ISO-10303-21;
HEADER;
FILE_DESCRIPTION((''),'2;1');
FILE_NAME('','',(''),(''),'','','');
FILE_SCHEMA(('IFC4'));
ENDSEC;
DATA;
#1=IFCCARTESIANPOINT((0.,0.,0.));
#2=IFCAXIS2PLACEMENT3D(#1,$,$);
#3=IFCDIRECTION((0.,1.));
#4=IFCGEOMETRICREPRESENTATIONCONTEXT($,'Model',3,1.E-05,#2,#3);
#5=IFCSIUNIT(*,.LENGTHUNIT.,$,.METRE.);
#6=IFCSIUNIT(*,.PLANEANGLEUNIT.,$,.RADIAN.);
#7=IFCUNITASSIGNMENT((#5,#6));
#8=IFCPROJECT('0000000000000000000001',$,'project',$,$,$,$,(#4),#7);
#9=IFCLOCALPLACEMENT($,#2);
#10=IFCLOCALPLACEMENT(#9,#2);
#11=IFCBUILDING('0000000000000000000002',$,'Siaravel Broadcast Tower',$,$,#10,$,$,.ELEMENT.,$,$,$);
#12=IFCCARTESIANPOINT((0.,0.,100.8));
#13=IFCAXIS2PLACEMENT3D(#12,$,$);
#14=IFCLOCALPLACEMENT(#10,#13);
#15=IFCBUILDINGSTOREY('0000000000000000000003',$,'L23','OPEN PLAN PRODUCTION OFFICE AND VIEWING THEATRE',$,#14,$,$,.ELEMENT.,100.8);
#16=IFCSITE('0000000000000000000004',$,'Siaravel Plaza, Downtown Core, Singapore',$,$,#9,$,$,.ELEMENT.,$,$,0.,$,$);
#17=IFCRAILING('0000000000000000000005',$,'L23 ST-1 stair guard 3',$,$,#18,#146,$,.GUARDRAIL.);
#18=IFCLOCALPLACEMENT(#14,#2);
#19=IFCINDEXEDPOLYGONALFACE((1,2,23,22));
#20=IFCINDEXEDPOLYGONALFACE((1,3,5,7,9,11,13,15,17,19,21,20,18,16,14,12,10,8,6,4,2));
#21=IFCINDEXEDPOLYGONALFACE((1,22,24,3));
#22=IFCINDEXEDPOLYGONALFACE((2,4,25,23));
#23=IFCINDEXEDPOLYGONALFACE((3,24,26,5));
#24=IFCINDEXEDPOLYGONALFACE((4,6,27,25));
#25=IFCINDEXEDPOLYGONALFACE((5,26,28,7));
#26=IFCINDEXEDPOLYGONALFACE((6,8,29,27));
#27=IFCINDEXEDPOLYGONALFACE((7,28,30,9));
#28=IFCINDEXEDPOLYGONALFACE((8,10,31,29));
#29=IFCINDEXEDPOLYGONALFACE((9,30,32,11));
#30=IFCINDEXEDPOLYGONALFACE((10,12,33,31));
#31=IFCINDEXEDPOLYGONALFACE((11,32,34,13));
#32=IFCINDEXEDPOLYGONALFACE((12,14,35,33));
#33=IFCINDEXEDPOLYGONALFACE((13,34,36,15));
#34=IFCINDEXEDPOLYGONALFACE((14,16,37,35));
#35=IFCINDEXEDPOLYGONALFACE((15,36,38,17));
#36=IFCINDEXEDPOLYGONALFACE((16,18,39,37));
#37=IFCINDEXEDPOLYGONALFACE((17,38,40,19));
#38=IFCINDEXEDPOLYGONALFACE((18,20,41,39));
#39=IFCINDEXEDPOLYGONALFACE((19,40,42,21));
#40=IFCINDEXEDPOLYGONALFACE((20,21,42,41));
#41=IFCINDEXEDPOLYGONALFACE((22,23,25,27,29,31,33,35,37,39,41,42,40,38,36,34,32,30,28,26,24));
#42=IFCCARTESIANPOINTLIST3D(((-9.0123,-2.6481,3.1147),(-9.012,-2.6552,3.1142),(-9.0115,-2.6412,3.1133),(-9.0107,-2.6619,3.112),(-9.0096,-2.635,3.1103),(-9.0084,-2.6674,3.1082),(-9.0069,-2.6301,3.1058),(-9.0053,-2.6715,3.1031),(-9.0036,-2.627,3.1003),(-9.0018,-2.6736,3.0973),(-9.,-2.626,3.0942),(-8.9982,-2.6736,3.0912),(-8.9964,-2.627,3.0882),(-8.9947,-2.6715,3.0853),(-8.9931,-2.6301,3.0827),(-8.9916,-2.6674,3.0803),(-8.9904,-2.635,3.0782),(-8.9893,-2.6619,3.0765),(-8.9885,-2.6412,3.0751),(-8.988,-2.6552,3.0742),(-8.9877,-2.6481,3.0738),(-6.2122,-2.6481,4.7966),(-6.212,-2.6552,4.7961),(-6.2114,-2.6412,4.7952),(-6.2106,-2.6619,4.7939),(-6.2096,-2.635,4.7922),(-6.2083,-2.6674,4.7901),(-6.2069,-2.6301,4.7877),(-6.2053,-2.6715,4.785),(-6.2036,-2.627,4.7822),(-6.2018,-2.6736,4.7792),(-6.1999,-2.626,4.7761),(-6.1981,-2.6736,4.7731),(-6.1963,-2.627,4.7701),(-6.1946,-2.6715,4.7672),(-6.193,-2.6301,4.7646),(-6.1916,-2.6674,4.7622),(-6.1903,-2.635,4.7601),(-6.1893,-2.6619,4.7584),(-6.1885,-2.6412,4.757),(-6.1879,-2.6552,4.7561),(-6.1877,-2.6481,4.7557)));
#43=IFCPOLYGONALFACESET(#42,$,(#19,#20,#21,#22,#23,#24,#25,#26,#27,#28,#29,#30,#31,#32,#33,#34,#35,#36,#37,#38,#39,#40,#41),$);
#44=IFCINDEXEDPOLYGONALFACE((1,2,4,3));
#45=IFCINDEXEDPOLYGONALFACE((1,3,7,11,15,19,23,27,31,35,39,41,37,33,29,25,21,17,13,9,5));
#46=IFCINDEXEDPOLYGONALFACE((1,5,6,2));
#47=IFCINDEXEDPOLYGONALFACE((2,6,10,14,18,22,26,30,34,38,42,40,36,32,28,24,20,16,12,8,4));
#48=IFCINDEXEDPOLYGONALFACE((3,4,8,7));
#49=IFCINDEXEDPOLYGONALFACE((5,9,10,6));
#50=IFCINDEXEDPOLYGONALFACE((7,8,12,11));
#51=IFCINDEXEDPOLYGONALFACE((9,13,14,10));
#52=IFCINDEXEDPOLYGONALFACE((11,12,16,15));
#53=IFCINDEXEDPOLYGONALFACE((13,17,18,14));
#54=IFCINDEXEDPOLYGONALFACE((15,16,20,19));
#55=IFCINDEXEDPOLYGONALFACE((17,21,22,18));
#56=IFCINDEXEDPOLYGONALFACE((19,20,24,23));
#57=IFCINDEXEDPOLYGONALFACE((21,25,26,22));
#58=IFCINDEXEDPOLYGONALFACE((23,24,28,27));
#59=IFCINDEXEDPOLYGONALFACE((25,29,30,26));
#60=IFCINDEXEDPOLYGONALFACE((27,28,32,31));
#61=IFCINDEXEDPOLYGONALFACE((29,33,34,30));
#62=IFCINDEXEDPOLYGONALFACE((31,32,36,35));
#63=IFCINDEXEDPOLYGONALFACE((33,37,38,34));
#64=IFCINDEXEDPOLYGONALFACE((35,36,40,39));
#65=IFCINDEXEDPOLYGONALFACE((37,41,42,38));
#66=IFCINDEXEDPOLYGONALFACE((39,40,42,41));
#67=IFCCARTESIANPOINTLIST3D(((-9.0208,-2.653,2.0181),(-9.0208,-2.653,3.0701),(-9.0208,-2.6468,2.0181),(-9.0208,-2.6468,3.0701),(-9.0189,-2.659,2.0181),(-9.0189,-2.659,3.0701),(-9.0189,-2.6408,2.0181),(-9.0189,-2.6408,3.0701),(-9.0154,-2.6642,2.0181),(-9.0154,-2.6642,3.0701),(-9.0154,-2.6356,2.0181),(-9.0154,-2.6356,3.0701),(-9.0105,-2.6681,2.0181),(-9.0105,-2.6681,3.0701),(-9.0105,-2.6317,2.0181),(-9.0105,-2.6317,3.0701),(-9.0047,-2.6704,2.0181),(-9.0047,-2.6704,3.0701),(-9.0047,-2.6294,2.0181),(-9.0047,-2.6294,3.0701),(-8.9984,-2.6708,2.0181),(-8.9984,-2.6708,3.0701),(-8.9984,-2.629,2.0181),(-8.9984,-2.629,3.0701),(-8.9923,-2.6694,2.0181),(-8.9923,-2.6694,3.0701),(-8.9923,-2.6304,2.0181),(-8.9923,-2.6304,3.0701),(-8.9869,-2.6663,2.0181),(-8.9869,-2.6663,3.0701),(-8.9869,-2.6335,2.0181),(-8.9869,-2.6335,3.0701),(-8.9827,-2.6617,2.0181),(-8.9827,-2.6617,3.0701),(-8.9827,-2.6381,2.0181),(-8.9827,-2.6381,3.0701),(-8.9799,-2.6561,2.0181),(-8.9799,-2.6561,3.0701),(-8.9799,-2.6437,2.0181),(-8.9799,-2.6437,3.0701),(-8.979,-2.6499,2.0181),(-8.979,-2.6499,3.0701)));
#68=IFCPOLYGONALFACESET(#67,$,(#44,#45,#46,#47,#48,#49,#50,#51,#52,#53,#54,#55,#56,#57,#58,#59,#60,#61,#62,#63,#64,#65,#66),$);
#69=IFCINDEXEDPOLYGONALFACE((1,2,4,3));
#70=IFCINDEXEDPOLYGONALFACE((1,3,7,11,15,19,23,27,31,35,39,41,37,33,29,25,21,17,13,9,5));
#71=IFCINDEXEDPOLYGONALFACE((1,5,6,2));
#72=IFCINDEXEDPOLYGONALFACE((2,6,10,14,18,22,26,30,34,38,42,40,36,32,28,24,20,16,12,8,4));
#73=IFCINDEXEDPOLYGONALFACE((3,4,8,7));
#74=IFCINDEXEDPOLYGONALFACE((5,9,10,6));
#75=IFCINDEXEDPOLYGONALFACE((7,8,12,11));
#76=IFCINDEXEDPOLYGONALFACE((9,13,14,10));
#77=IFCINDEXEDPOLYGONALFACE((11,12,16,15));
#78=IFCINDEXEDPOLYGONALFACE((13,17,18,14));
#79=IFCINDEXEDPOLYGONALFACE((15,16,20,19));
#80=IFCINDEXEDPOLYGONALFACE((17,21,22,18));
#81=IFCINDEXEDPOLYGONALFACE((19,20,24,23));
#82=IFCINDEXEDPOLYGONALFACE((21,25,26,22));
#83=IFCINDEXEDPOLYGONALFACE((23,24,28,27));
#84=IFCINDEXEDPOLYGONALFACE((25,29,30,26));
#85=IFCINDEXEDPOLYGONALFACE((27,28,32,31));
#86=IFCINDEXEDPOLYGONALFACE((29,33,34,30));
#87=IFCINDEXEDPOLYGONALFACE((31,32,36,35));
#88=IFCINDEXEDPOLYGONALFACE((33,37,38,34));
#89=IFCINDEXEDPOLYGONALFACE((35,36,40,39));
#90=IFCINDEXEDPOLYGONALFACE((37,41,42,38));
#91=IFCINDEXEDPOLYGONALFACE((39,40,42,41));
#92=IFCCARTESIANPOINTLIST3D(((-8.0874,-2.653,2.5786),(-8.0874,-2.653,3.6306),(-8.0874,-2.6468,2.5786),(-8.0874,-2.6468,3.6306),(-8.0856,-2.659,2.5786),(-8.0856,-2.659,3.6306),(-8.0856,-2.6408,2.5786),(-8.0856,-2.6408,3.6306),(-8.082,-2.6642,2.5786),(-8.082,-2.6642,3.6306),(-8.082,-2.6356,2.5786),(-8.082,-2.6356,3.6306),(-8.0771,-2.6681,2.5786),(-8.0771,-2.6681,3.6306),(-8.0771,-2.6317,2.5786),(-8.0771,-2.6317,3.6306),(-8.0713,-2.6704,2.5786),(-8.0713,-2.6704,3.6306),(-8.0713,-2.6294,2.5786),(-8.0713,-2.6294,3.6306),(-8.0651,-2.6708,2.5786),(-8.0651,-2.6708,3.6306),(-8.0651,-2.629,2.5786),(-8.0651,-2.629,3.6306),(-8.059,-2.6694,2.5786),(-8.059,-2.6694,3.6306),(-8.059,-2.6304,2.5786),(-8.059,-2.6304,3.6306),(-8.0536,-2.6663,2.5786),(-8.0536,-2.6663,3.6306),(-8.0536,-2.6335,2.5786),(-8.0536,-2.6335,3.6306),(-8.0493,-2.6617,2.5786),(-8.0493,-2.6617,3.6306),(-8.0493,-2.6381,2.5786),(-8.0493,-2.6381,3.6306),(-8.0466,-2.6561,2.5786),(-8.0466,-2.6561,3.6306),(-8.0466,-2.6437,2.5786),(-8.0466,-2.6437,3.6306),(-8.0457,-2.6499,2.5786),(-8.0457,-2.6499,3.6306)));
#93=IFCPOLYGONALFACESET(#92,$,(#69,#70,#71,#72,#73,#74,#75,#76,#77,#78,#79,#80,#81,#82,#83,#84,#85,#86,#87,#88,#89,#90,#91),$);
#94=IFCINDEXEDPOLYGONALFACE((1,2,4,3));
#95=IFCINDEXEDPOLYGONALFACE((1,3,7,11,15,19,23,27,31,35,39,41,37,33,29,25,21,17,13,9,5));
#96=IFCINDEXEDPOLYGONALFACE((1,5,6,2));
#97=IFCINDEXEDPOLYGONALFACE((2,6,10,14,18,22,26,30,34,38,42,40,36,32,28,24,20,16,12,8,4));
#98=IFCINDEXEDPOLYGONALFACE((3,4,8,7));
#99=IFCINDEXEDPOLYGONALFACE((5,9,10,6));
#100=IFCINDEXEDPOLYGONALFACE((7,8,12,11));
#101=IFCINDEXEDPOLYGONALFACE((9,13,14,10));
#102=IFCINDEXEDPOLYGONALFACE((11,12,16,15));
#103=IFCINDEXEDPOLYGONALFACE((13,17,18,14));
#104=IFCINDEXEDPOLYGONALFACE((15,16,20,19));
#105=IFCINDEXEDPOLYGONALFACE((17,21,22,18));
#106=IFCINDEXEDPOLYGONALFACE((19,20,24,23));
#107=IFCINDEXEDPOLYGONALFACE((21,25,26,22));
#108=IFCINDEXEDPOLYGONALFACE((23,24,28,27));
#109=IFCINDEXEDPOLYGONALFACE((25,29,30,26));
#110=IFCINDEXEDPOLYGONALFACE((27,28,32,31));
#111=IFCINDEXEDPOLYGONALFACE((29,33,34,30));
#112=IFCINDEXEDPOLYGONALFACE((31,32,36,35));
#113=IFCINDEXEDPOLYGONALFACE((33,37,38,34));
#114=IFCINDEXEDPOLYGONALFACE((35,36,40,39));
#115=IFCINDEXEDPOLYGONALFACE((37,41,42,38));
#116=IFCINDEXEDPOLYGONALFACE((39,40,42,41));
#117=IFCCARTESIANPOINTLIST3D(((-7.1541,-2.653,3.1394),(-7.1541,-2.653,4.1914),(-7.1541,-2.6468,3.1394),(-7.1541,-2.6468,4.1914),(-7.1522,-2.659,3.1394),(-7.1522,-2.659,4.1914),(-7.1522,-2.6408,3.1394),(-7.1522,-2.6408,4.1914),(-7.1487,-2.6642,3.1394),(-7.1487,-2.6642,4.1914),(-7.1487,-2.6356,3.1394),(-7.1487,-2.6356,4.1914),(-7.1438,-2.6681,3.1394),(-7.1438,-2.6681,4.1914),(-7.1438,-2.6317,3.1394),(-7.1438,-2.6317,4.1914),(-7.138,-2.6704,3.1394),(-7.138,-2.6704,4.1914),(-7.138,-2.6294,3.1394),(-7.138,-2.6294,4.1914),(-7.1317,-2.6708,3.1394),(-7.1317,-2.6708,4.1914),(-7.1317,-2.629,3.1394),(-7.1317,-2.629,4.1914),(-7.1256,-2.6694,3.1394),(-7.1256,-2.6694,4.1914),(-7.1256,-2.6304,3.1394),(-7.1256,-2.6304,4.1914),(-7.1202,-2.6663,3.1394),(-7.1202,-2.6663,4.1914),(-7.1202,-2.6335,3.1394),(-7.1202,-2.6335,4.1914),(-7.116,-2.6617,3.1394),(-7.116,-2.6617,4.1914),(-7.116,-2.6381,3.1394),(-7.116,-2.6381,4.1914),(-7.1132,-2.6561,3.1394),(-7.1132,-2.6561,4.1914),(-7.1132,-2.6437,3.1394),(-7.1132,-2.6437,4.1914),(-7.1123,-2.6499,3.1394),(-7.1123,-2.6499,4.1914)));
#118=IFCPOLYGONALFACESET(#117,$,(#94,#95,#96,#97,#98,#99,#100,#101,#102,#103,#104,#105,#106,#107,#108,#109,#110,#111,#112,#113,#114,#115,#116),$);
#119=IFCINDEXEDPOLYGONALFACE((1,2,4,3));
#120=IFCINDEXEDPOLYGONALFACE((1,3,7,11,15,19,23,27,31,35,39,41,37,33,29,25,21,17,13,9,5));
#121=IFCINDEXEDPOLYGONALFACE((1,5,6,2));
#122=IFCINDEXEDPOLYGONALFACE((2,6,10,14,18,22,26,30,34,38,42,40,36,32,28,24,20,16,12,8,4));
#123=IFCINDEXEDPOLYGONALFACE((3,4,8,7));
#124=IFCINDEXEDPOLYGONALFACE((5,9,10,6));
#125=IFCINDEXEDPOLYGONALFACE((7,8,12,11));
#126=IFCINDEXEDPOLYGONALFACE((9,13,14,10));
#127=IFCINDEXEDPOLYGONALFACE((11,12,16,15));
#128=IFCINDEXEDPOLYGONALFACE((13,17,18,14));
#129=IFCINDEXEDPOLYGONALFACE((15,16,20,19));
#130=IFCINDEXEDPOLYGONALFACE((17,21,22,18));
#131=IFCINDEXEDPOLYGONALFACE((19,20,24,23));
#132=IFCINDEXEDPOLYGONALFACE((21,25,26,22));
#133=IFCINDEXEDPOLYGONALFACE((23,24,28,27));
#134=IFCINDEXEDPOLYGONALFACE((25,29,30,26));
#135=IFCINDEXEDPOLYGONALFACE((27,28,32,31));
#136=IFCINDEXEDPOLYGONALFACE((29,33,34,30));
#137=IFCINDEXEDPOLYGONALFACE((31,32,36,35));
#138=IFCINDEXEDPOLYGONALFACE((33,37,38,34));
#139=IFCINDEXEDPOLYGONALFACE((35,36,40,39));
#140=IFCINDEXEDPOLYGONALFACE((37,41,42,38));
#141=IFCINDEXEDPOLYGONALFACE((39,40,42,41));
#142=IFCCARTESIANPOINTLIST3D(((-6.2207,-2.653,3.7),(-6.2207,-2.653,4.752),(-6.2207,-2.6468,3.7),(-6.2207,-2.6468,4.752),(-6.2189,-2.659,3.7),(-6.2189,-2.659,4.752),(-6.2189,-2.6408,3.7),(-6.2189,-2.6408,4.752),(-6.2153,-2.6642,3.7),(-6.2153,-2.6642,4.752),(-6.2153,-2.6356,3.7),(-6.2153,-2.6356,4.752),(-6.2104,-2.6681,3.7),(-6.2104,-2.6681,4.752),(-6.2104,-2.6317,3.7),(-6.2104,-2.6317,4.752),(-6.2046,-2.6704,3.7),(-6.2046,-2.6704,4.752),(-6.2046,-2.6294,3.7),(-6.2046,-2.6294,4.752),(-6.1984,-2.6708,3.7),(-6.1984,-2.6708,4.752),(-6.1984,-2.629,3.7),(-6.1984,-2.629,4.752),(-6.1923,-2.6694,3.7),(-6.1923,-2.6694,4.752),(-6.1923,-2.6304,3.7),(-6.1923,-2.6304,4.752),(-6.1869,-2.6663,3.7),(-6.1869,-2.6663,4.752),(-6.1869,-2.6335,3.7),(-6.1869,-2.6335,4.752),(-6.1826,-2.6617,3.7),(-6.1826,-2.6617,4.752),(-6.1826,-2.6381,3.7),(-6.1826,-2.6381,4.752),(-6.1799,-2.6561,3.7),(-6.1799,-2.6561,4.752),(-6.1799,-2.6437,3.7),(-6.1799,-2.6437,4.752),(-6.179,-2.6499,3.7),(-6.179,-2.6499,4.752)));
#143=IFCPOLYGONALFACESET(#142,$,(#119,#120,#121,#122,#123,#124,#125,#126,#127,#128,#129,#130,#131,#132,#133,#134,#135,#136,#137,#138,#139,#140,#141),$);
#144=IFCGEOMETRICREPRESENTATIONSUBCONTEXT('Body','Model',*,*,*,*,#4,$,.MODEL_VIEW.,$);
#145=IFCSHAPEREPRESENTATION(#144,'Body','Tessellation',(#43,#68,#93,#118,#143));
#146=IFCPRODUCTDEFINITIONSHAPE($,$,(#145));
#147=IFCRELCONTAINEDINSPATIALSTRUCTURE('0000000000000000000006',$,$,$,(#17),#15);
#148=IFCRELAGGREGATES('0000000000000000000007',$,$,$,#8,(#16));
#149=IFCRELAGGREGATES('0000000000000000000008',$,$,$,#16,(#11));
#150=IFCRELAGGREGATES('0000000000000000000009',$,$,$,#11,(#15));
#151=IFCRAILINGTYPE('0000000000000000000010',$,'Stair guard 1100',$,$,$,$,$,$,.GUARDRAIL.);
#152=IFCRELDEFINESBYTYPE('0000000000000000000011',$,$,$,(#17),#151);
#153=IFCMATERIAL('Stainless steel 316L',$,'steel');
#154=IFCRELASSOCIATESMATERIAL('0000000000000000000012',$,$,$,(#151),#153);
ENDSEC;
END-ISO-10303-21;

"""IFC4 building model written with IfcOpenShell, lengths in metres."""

from ifc_helpers import new_model, si_unit, direction, frame, origin, origin_2d, place, context, subcontext, project, spatial, circle, extrude, material, type_object, element, save


model = new_model("IFC4")

# Units and contexts
model_context = context("Model", 3, precision=1e-05, world=origin(), true_north=direction((0.0, 1.0)))
body_context = subcontext(model_context, "Body", "Model", "MODEL_VIEW")
ifc_project = project(units=[si_unit("LENGTHUNIT", "METRE"), si_unit("PLANEANGLEUNIT", "RADIAN")], contexts=[model_context])

# Site, building, storey
site_placement = place(None, origin())
site = spatial("IfcSite", under=ifc_project, at=site_placement, Name="Siaravel Plaza, Downtown Core, Singapore", CompositionType="ELEMENT", RefElevation=0.0)
building_placement = place(site_placement, origin())
building = spatial("IfcBuilding", under=site, at=building_placement, Name="Siaravel Broadcast Tower", CompositionType="ELEMENT")
storey_placement = place(building_placement, frame((0.0, 0.0, 100.8)))
storey = spatial("IfcBuildingStorey", under=building, at=storey_placement, Name="L23", Description="OPEN PLAN PRODUCTION OFFICE AND VIEWING THEATRE", CompositionType="ELEMENT", Elevation=100.8)

# Railing
ifc_material_1 = material(Name="Stainless steel 316L", Category="steel")
railing_type_1 = type_object("IfcRailingType", Name="Stair guard 1100", PredefinedType="GUARDRAIL", material=ifc_material_1)
railing_1_placement = place(storey_placement, frame((-9.0, -2.6499, 2.0181)))
element("IfcRailing", 1, at=railing_1_placement, inside=storey, type_object=railing_type_1, Name="L23 ST-1 stair guard 3", PredefinedType="GUARDRAIL", context=body_context, shape_type="SweptSolid", body=[
    extrude(circle(Radius=0.0239, at=origin_2d()), frame((0.0, 0.0, 1.0762), z_axis=(0.857242, 0.0, 0.514913), x_axis=(0.0, 1.0, 0.0)), (0.0, 0.0, 1.0), 3.2664),
    extrude(circle(Radius=0.021, at=origin_2d()), origin(), (0.0, 0.0, 1.0), 1.052),
    extrude(circle(Radius=0.021, at=origin_2d()), frame((0.9333, 0.0, 0.5605)), (0.0, 0.0, 1.0), 1.052),
    extrude(circle(Radius=0.021, at=origin_2d()), frame((1.8667, 0.0, 1.1213)), (0.0, 0.0, 1.0), 1.052),
    extrude(circle(Radius=0.021, at=origin_2d()), frame((2.8, 0.0, 1.6819)), (0.0, 0.0, 1.0), 1.052),
])

save(model, "model.ifc")
